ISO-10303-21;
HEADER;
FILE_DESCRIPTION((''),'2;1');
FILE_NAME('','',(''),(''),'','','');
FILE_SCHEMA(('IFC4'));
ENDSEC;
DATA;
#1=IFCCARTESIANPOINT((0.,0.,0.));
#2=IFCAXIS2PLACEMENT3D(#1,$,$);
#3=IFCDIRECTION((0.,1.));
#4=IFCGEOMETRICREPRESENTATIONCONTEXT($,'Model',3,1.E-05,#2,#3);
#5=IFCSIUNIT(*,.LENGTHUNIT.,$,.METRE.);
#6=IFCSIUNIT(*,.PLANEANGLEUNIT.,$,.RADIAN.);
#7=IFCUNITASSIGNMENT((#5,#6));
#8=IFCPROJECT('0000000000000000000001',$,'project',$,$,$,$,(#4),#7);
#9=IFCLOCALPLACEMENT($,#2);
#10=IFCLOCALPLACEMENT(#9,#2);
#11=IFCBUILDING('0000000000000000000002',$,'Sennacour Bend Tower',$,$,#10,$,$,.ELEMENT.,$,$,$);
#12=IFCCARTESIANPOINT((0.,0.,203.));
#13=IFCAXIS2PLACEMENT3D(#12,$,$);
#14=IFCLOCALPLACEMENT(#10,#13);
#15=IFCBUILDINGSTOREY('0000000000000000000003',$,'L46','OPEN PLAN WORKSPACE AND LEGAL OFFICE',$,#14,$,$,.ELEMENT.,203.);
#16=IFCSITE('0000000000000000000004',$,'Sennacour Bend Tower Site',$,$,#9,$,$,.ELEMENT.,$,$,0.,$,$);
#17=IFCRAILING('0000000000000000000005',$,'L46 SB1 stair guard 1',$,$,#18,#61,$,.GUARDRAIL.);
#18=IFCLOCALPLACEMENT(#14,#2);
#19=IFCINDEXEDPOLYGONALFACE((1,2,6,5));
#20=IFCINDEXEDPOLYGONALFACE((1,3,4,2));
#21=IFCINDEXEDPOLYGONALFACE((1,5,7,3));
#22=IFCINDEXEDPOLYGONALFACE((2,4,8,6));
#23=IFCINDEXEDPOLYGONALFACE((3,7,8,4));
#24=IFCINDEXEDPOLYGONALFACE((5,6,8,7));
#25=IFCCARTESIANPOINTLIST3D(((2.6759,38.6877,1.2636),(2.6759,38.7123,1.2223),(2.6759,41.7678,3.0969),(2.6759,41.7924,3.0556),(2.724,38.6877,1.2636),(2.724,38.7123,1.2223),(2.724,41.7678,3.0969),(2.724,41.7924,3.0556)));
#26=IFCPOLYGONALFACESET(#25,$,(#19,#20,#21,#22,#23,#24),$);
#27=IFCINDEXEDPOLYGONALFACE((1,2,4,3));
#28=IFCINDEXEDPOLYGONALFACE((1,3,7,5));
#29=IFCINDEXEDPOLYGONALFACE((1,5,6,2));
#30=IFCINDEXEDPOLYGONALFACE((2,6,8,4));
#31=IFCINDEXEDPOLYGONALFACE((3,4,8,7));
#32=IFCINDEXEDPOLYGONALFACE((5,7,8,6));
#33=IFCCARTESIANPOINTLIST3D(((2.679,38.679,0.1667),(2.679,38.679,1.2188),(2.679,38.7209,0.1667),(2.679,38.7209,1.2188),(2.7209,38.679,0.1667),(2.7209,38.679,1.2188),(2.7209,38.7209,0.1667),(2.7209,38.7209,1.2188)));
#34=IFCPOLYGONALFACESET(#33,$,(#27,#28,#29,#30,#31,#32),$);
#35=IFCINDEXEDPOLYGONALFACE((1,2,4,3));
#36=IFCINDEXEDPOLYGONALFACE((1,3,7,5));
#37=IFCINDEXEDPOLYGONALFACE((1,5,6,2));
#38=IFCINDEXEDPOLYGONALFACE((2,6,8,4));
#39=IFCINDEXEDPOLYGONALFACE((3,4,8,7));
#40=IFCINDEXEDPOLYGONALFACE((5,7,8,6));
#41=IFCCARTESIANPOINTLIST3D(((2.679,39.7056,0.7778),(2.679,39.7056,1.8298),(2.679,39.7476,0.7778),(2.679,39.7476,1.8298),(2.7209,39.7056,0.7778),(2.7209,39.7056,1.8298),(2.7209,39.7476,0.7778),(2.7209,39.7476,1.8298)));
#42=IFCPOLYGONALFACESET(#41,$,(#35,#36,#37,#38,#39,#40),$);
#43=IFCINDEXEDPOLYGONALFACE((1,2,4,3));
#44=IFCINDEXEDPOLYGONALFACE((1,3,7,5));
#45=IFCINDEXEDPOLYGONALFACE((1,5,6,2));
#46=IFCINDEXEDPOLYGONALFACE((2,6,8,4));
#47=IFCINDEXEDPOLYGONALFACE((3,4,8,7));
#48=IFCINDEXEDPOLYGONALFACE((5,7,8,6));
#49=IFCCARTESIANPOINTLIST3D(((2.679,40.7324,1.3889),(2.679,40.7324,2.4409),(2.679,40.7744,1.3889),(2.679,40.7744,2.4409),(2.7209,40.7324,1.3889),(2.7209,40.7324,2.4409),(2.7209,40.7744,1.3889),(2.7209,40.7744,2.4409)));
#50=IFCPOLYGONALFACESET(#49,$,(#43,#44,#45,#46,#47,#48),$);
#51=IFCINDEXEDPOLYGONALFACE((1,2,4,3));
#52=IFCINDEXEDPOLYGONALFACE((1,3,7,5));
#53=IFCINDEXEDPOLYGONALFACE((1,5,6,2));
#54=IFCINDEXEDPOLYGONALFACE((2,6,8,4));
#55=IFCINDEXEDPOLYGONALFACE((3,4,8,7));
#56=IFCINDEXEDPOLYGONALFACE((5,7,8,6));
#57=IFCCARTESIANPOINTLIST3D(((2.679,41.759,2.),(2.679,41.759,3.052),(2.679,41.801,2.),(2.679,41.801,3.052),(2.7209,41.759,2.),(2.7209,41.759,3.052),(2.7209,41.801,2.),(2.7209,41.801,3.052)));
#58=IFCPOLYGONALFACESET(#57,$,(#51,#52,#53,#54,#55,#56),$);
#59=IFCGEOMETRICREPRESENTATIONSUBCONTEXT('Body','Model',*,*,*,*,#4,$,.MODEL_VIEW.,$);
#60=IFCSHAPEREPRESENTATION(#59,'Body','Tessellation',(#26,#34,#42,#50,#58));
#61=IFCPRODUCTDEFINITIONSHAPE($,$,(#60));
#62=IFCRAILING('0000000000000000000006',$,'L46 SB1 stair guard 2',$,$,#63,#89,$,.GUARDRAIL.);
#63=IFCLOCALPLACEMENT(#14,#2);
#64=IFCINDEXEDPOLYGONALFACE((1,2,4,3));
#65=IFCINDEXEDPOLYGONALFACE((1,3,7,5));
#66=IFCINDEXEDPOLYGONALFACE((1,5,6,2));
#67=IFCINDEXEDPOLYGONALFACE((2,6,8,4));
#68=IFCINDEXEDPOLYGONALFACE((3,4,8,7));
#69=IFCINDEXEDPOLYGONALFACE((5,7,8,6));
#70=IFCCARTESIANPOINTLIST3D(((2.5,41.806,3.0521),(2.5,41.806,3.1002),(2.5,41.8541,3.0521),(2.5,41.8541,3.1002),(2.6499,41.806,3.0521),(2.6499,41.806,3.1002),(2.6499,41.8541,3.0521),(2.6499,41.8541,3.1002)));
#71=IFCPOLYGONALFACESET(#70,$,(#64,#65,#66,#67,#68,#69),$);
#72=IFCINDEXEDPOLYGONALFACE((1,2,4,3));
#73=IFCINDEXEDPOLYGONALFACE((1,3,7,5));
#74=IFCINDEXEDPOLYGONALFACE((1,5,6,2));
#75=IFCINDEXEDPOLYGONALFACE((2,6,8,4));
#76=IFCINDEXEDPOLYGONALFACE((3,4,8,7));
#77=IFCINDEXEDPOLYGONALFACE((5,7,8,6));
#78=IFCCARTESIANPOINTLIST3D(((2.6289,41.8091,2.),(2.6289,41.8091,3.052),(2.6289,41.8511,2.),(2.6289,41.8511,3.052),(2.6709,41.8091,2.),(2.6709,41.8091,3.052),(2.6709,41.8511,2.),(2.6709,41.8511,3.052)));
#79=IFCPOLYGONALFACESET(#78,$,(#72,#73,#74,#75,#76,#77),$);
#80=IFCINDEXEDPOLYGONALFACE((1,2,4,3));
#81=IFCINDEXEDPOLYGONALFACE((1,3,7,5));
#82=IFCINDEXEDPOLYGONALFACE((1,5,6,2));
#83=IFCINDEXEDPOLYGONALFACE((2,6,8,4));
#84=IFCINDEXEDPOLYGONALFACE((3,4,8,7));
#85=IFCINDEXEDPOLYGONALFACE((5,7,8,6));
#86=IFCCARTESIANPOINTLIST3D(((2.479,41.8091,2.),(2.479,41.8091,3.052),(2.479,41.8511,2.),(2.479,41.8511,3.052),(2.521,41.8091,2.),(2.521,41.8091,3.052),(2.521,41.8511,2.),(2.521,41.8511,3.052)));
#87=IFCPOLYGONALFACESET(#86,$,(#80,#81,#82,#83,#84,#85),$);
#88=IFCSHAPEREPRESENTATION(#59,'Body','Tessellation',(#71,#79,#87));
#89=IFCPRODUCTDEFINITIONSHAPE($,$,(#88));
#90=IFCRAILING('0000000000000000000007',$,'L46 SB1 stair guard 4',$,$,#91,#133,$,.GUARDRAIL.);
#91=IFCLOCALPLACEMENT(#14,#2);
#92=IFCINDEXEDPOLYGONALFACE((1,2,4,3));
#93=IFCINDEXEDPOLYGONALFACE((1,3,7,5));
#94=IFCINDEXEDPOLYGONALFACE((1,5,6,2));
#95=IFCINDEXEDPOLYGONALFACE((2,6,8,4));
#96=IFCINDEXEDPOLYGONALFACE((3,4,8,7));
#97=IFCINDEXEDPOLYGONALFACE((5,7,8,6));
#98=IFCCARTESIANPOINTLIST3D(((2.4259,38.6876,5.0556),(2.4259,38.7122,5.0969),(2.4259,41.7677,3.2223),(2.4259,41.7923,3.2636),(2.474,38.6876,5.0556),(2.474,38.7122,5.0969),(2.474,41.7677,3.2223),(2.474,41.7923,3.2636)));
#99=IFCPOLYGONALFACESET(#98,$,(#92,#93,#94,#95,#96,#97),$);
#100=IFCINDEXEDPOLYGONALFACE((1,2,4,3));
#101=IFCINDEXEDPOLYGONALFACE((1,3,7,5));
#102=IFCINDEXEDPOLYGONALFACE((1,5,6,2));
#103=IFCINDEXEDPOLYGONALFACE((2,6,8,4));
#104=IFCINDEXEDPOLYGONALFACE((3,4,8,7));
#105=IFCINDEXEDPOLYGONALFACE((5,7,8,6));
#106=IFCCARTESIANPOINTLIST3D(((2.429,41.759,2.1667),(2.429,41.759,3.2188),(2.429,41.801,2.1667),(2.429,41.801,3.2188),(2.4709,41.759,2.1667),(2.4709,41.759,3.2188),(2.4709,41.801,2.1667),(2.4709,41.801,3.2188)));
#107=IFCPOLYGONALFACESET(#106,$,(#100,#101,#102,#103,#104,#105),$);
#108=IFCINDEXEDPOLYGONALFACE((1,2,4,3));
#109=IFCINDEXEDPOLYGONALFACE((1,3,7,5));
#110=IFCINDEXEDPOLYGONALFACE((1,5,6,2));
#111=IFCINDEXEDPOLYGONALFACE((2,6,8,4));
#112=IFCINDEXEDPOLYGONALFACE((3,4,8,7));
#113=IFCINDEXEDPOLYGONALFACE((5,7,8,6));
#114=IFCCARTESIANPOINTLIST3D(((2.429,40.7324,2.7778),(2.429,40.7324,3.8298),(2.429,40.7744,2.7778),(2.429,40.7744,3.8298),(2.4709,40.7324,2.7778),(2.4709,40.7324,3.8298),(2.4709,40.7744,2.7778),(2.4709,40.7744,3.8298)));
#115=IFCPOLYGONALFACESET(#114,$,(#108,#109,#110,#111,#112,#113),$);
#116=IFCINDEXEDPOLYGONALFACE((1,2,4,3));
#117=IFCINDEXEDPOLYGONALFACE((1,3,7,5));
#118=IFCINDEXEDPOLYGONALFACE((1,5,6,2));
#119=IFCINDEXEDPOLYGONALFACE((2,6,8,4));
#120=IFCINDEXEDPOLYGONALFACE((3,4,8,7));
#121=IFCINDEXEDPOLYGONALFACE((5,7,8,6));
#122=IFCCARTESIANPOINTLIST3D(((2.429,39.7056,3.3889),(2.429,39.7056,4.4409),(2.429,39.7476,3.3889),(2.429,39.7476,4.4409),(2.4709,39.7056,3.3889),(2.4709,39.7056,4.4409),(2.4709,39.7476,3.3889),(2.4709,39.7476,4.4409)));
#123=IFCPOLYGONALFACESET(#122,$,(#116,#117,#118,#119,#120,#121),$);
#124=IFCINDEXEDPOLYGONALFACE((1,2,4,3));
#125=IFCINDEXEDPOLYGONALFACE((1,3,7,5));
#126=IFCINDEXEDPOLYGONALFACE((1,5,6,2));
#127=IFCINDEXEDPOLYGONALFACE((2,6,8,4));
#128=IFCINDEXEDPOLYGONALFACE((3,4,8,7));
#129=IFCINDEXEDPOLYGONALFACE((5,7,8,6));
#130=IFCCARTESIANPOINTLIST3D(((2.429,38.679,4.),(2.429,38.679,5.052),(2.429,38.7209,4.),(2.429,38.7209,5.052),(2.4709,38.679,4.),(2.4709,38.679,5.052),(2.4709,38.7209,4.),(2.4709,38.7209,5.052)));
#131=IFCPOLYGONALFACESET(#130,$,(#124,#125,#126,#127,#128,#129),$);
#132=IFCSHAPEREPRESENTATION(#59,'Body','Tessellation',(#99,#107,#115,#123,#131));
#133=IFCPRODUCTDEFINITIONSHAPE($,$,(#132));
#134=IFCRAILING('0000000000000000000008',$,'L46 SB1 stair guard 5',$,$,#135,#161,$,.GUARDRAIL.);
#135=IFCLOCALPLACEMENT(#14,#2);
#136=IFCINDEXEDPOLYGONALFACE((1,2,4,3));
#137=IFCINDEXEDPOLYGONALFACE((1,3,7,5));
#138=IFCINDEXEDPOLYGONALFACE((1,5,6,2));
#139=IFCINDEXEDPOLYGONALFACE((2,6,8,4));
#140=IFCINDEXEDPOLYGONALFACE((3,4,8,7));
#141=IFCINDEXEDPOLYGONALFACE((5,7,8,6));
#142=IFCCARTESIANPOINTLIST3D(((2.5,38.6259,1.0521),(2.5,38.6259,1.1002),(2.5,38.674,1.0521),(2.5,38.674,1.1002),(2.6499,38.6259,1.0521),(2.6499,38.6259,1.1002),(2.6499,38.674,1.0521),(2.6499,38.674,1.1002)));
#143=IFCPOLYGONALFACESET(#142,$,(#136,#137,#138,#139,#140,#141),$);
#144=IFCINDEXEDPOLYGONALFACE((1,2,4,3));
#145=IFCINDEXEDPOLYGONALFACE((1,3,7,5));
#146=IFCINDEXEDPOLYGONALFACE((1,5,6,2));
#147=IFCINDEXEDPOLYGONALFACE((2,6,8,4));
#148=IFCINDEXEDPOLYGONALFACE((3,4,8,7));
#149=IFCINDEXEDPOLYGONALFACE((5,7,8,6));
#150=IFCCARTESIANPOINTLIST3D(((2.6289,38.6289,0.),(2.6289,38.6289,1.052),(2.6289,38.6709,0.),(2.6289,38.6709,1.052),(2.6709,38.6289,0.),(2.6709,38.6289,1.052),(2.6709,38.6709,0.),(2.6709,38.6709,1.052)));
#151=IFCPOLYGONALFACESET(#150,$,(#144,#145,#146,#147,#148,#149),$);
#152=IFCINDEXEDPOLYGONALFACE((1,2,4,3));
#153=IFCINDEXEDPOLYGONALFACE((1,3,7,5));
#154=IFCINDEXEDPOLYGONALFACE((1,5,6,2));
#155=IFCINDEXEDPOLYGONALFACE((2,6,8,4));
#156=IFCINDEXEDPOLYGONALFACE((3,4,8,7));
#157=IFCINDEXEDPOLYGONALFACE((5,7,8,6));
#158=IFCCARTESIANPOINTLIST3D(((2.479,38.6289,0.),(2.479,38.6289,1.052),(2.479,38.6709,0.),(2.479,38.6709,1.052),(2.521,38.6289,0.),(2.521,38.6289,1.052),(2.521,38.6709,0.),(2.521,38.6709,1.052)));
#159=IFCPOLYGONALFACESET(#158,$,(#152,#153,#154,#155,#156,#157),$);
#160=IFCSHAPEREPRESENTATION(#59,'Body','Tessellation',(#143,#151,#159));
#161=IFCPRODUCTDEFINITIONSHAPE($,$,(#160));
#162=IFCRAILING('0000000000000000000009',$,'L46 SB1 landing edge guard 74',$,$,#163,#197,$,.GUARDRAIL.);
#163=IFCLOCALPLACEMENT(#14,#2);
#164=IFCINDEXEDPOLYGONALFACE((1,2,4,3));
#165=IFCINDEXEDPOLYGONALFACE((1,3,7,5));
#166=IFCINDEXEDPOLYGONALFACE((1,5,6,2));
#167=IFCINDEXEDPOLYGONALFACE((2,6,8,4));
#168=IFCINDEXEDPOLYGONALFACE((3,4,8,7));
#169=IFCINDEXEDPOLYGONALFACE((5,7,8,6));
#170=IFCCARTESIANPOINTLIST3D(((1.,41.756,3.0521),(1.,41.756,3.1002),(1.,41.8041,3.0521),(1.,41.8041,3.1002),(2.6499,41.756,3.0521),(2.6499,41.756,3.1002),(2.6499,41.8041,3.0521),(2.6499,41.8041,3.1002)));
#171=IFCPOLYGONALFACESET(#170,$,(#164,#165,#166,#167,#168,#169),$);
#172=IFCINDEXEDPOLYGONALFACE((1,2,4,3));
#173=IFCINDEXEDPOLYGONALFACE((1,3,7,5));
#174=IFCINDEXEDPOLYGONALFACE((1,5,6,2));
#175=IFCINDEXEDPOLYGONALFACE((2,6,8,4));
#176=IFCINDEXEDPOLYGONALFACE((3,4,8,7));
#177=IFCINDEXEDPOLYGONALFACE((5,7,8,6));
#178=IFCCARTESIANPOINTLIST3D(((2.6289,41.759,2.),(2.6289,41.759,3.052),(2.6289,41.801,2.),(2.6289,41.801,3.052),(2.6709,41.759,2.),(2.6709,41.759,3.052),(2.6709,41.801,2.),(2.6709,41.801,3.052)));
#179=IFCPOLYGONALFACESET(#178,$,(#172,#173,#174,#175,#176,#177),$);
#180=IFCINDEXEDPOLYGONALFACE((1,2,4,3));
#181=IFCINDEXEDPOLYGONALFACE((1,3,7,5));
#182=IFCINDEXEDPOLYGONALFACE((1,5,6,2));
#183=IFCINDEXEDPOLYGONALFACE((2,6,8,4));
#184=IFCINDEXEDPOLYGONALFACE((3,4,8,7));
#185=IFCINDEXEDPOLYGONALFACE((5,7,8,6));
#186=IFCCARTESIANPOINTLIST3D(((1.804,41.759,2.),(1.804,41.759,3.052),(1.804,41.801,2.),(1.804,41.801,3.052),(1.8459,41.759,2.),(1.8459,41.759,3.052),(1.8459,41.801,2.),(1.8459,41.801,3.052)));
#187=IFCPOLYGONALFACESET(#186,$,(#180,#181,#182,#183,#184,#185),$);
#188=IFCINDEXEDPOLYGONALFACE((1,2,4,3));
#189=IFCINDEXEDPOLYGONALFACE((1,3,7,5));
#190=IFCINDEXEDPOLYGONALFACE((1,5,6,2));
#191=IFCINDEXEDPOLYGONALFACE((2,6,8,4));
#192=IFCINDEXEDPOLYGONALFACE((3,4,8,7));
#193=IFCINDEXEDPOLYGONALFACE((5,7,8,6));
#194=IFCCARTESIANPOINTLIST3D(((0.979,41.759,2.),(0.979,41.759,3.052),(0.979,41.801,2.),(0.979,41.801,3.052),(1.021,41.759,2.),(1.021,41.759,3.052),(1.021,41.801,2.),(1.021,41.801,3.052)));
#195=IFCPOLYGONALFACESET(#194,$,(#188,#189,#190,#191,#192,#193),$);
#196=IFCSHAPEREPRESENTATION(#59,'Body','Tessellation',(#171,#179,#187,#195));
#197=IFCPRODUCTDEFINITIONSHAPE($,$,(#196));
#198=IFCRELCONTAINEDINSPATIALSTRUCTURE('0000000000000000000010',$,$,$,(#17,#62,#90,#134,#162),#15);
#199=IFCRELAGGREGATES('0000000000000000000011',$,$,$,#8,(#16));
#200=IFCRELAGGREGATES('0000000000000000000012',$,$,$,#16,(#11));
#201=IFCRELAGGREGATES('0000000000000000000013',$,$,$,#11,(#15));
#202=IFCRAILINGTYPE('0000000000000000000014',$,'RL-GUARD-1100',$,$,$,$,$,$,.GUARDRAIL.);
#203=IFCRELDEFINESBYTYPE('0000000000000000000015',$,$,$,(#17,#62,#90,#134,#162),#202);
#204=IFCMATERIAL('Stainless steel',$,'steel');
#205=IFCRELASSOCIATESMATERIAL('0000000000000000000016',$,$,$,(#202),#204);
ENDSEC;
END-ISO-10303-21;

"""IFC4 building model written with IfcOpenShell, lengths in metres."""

from ifc_helpers import new_model, si_unit, direction, frame, origin, origin_2d, place, context, subcontext, project, spatial, rectangle, extrude, material, type_object, element, save


model = new_model("IFC4")

# Units and contexts
model_context = context("Model", 3, precision=1e-05, world=origin(), true_north=direction((0.0, 1.0)))
body_context = subcontext(model_context, "Body", "Model", "MODEL_VIEW")
ifc_project = project(units=[si_unit("LENGTHUNIT", "METRE"), si_unit("PLANEANGLEUNIT", "RADIAN")], contexts=[model_context])

# Site, building, storey
site_placement = place(None, origin())
site = spatial("IfcSite", under=ifc_project, at=site_placement, Name="Sennacour Bend Tower Site", CompositionType="ELEMENT", RefElevation=0.0)
building_placement = place(site_placement, origin())
building = spatial("IfcBuilding", under=site, at=building_placement, Name="Sennacour Bend Tower", CompositionType="ELEMENT")
storey_placement = place(building_placement, frame((0.0, 0.0, 203.0)))
storey = spatial("IfcBuildingStorey", under=building, at=storey_placement, Name="L46", Description="OPEN PLAN WORKSPACE AND LEGAL OFFICE", CompositionType="ELEMENT", Elevation=203.0)

# Railings
ifc_material_1 = material(Name="Stainless steel", Category="steel")
railing_type_1 = type_object("IfcRailingType", Name="RL-GUARD-1100", PredefinedType="GUARDRAIL", material=ifc_material_1)
railing_1_placement = place(storey_placement, frame((2.7, 38.7, 0.1667)))
element("IfcRailing", 1, at=railing_1_placement, inside=storey, type_object=railing_type_1, Name="L46 SB1 stair guard 1", PredefinedType="GUARDRAIL", context=body_context, shape_type="SweptSolid", body=[
    extrude(rectangle(XDim=0.0481, YDim=0.0481, at=origin_2d()), frame((0.0, 0.0, 1.0762), z_axis=(0.0, 0.859309, 0.511458), x_axis=(-1.0, 0.0, 0.0)), (0.0, 0.0, 1.0), 3.5845),
    extrude(rectangle(XDim=0.042, YDim=0.042, at=origin_2d()), origin(), (0.0, 0.0, 1.0), 1.052),
    extrude(rectangle(XDim=0.042, YDim=0.042, at=origin_2d()), frame((0.0, 1.0266, 0.6111)), (0.0, 0.0, 1.0), 1.052),
    extrude(rectangle(XDim=0.042, YDim=0.042, at=origin_2d()), frame((0.0, 2.0535, 1.2222)), (0.0, 0.0, 1.0), 1.052),
    extrude(rectangle(XDim=0.042, YDim=0.042, at=origin_2d()), frame((0.0, 3.0801, 1.8333)), (0.0, 0.0, 1.0), 1.052),
])
railing_2_placement = place(storey_placement, frame((2.6499, 41.8301, 2.0)))
element("IfcRailing", 2, at=railing_2_placement, inside=storey, type_object=railing_type_1, Name="L46 SB1 stair guard 2", PredefinedType="GUARDRAIL", context=body_context, shape_type="SweptSolid", body=[
    extrude(rectangle(XDim=0.0481, YDim=0.0481, at=origin_2d()), frame((0.0, 0.0, 1.0762), z_axis=(-1.0, 0.0, 0.0), x_axis=(0.0, -1.0, 0.0)), (0.0, 0.0, 1.0), 0.1499),
    extrude(rectangle(XDim=0.042, YDim=0.042, at=origin_2d()), origin(), (0.0, 0.0, 1.0), 1.052),
    extrude(rectangle(XDim=0.042, YDim=0.042, at=origin_2d()), frame((-0.1499, 0.0, 0.0)), (0.0, 0.0, 1.0), 1.052),
])
railing_3_placement = place(storey_placement, frame((2.45, 41.78, 2.1667)))
element("IfcRailing", 3, at=railing_3_placement, inside=storey, type_object=railing_type_1, Name="L46 SB1 stair guard 4", PredefinedType="GUARDRAIL", context=body_context, shape_type="SweptSolid", body=[
    extrude(rectangle(XDim=0.0481, YDim=0.0481, at=origin_2d()), frame((0.0, 0.0, 1.0762), z_axis=(0.0, -0.859309, 0.511458), x_axis=(1.0, 0.0, 0.0)), (0.0, 0.0, 1.0), 3.5845),
    extrude(rectangle(XDim=0.042, YDim=0.042, at=origin_2d()), origin(), (0.0, 0.0, 1.0), 1.052),
    extrude(rectangle(XDim=0.042, YDim=0.042, at=origin_2d()), frame((0.0, -1.0266, 0.6111)), (0.0, 0.0, 1.0), 1.052),
    extrude(rectangle(XDim=0.042, YDim=0.042, at=origin_2d()), frame((0.0, -2.0535, 1.2222)), (0.0, 0.0, 1.0), 1.052),
    extrude(rectangle(XDim=0.042, YDim=0.042, at=origin_2d()), frame((0.0, -3.0801, 1.8333)), (0.0, 0.0, 1.0), 1.052),
])
railing_4_placement = place(storey_placement, frame((2.6499, 38.6499, 0.0)))
element("IfcRailing", 4, at=railing_4_placement, inside=storey, type_object=railing_type_1, Name="L46 SB1 stair guard 5", PredefinedType="GUARDRAIL", context=body_context, shape_type="SweptSolid", body=[
    extrude(rectangle(XDim=0.0481, YDim=0.0481, at=origin_2d()), frame((0.0, 0.0, 1.0762), z_axis=(-1.0, 0.0, 0.0), x_axis=(0.0, -1.0, 0.0)), (0.0, 0.0, 1.0), 0.1499),
    extrude(rectangle(XDim=0.042, YDim=0.042, at=origin_2d()), origin(), (0.0, 0.0, 1.0), 1.052),
    extrude(rectangle(XDim=0.042, YDim=0.042, at=origin_2d()), frame((-0.1499, 0.0, 0.0)), (0.0, 0.0, 1.0), 1.052),
])
railing_5_placement = place(storey_placement, frame((2.6499, 41.78, 2.0)))
element("IfcRailing", 5, at=railing_5_placement, inside=storey, type_object=railing_type_1, Name="L46 SB1 landing edge guard 74", PredefinedType="GUARDRAIL", context=body_context, shape_type="SweptSolid", body=[
    extrude(rectangle(XDim=0.0481, YDim=0.0481, at=origin_2d()), frame((0.0, 0.0, 1.0762), z_axis=(-1.0, 0.0, 0.0), x_axis=(0.0, -1.0, 0.0)), (0.0, 0.0, 1.0), 1.6499),
    extrude(rectangle(XDim=0.042, YDim=0.042, at=origin_2d()), origin(), (0.0, 0.0, 1.0), 1.052),
    extrude(rectangle(XDim=0.042, YDim=0.042, at=origin_2d()), frame((-0.825, 0.0, 0.0)), (0.0, 0.0, 1.0), 1.052),
    extrude(rectangle(XDim=0.042, YDim=0.042, at=origin_2d()), frame((-1.6499, 0.0, 0.0)), (0.0, 0.0, 1.0), 1.052),
])

save(model, "model.ifc")
